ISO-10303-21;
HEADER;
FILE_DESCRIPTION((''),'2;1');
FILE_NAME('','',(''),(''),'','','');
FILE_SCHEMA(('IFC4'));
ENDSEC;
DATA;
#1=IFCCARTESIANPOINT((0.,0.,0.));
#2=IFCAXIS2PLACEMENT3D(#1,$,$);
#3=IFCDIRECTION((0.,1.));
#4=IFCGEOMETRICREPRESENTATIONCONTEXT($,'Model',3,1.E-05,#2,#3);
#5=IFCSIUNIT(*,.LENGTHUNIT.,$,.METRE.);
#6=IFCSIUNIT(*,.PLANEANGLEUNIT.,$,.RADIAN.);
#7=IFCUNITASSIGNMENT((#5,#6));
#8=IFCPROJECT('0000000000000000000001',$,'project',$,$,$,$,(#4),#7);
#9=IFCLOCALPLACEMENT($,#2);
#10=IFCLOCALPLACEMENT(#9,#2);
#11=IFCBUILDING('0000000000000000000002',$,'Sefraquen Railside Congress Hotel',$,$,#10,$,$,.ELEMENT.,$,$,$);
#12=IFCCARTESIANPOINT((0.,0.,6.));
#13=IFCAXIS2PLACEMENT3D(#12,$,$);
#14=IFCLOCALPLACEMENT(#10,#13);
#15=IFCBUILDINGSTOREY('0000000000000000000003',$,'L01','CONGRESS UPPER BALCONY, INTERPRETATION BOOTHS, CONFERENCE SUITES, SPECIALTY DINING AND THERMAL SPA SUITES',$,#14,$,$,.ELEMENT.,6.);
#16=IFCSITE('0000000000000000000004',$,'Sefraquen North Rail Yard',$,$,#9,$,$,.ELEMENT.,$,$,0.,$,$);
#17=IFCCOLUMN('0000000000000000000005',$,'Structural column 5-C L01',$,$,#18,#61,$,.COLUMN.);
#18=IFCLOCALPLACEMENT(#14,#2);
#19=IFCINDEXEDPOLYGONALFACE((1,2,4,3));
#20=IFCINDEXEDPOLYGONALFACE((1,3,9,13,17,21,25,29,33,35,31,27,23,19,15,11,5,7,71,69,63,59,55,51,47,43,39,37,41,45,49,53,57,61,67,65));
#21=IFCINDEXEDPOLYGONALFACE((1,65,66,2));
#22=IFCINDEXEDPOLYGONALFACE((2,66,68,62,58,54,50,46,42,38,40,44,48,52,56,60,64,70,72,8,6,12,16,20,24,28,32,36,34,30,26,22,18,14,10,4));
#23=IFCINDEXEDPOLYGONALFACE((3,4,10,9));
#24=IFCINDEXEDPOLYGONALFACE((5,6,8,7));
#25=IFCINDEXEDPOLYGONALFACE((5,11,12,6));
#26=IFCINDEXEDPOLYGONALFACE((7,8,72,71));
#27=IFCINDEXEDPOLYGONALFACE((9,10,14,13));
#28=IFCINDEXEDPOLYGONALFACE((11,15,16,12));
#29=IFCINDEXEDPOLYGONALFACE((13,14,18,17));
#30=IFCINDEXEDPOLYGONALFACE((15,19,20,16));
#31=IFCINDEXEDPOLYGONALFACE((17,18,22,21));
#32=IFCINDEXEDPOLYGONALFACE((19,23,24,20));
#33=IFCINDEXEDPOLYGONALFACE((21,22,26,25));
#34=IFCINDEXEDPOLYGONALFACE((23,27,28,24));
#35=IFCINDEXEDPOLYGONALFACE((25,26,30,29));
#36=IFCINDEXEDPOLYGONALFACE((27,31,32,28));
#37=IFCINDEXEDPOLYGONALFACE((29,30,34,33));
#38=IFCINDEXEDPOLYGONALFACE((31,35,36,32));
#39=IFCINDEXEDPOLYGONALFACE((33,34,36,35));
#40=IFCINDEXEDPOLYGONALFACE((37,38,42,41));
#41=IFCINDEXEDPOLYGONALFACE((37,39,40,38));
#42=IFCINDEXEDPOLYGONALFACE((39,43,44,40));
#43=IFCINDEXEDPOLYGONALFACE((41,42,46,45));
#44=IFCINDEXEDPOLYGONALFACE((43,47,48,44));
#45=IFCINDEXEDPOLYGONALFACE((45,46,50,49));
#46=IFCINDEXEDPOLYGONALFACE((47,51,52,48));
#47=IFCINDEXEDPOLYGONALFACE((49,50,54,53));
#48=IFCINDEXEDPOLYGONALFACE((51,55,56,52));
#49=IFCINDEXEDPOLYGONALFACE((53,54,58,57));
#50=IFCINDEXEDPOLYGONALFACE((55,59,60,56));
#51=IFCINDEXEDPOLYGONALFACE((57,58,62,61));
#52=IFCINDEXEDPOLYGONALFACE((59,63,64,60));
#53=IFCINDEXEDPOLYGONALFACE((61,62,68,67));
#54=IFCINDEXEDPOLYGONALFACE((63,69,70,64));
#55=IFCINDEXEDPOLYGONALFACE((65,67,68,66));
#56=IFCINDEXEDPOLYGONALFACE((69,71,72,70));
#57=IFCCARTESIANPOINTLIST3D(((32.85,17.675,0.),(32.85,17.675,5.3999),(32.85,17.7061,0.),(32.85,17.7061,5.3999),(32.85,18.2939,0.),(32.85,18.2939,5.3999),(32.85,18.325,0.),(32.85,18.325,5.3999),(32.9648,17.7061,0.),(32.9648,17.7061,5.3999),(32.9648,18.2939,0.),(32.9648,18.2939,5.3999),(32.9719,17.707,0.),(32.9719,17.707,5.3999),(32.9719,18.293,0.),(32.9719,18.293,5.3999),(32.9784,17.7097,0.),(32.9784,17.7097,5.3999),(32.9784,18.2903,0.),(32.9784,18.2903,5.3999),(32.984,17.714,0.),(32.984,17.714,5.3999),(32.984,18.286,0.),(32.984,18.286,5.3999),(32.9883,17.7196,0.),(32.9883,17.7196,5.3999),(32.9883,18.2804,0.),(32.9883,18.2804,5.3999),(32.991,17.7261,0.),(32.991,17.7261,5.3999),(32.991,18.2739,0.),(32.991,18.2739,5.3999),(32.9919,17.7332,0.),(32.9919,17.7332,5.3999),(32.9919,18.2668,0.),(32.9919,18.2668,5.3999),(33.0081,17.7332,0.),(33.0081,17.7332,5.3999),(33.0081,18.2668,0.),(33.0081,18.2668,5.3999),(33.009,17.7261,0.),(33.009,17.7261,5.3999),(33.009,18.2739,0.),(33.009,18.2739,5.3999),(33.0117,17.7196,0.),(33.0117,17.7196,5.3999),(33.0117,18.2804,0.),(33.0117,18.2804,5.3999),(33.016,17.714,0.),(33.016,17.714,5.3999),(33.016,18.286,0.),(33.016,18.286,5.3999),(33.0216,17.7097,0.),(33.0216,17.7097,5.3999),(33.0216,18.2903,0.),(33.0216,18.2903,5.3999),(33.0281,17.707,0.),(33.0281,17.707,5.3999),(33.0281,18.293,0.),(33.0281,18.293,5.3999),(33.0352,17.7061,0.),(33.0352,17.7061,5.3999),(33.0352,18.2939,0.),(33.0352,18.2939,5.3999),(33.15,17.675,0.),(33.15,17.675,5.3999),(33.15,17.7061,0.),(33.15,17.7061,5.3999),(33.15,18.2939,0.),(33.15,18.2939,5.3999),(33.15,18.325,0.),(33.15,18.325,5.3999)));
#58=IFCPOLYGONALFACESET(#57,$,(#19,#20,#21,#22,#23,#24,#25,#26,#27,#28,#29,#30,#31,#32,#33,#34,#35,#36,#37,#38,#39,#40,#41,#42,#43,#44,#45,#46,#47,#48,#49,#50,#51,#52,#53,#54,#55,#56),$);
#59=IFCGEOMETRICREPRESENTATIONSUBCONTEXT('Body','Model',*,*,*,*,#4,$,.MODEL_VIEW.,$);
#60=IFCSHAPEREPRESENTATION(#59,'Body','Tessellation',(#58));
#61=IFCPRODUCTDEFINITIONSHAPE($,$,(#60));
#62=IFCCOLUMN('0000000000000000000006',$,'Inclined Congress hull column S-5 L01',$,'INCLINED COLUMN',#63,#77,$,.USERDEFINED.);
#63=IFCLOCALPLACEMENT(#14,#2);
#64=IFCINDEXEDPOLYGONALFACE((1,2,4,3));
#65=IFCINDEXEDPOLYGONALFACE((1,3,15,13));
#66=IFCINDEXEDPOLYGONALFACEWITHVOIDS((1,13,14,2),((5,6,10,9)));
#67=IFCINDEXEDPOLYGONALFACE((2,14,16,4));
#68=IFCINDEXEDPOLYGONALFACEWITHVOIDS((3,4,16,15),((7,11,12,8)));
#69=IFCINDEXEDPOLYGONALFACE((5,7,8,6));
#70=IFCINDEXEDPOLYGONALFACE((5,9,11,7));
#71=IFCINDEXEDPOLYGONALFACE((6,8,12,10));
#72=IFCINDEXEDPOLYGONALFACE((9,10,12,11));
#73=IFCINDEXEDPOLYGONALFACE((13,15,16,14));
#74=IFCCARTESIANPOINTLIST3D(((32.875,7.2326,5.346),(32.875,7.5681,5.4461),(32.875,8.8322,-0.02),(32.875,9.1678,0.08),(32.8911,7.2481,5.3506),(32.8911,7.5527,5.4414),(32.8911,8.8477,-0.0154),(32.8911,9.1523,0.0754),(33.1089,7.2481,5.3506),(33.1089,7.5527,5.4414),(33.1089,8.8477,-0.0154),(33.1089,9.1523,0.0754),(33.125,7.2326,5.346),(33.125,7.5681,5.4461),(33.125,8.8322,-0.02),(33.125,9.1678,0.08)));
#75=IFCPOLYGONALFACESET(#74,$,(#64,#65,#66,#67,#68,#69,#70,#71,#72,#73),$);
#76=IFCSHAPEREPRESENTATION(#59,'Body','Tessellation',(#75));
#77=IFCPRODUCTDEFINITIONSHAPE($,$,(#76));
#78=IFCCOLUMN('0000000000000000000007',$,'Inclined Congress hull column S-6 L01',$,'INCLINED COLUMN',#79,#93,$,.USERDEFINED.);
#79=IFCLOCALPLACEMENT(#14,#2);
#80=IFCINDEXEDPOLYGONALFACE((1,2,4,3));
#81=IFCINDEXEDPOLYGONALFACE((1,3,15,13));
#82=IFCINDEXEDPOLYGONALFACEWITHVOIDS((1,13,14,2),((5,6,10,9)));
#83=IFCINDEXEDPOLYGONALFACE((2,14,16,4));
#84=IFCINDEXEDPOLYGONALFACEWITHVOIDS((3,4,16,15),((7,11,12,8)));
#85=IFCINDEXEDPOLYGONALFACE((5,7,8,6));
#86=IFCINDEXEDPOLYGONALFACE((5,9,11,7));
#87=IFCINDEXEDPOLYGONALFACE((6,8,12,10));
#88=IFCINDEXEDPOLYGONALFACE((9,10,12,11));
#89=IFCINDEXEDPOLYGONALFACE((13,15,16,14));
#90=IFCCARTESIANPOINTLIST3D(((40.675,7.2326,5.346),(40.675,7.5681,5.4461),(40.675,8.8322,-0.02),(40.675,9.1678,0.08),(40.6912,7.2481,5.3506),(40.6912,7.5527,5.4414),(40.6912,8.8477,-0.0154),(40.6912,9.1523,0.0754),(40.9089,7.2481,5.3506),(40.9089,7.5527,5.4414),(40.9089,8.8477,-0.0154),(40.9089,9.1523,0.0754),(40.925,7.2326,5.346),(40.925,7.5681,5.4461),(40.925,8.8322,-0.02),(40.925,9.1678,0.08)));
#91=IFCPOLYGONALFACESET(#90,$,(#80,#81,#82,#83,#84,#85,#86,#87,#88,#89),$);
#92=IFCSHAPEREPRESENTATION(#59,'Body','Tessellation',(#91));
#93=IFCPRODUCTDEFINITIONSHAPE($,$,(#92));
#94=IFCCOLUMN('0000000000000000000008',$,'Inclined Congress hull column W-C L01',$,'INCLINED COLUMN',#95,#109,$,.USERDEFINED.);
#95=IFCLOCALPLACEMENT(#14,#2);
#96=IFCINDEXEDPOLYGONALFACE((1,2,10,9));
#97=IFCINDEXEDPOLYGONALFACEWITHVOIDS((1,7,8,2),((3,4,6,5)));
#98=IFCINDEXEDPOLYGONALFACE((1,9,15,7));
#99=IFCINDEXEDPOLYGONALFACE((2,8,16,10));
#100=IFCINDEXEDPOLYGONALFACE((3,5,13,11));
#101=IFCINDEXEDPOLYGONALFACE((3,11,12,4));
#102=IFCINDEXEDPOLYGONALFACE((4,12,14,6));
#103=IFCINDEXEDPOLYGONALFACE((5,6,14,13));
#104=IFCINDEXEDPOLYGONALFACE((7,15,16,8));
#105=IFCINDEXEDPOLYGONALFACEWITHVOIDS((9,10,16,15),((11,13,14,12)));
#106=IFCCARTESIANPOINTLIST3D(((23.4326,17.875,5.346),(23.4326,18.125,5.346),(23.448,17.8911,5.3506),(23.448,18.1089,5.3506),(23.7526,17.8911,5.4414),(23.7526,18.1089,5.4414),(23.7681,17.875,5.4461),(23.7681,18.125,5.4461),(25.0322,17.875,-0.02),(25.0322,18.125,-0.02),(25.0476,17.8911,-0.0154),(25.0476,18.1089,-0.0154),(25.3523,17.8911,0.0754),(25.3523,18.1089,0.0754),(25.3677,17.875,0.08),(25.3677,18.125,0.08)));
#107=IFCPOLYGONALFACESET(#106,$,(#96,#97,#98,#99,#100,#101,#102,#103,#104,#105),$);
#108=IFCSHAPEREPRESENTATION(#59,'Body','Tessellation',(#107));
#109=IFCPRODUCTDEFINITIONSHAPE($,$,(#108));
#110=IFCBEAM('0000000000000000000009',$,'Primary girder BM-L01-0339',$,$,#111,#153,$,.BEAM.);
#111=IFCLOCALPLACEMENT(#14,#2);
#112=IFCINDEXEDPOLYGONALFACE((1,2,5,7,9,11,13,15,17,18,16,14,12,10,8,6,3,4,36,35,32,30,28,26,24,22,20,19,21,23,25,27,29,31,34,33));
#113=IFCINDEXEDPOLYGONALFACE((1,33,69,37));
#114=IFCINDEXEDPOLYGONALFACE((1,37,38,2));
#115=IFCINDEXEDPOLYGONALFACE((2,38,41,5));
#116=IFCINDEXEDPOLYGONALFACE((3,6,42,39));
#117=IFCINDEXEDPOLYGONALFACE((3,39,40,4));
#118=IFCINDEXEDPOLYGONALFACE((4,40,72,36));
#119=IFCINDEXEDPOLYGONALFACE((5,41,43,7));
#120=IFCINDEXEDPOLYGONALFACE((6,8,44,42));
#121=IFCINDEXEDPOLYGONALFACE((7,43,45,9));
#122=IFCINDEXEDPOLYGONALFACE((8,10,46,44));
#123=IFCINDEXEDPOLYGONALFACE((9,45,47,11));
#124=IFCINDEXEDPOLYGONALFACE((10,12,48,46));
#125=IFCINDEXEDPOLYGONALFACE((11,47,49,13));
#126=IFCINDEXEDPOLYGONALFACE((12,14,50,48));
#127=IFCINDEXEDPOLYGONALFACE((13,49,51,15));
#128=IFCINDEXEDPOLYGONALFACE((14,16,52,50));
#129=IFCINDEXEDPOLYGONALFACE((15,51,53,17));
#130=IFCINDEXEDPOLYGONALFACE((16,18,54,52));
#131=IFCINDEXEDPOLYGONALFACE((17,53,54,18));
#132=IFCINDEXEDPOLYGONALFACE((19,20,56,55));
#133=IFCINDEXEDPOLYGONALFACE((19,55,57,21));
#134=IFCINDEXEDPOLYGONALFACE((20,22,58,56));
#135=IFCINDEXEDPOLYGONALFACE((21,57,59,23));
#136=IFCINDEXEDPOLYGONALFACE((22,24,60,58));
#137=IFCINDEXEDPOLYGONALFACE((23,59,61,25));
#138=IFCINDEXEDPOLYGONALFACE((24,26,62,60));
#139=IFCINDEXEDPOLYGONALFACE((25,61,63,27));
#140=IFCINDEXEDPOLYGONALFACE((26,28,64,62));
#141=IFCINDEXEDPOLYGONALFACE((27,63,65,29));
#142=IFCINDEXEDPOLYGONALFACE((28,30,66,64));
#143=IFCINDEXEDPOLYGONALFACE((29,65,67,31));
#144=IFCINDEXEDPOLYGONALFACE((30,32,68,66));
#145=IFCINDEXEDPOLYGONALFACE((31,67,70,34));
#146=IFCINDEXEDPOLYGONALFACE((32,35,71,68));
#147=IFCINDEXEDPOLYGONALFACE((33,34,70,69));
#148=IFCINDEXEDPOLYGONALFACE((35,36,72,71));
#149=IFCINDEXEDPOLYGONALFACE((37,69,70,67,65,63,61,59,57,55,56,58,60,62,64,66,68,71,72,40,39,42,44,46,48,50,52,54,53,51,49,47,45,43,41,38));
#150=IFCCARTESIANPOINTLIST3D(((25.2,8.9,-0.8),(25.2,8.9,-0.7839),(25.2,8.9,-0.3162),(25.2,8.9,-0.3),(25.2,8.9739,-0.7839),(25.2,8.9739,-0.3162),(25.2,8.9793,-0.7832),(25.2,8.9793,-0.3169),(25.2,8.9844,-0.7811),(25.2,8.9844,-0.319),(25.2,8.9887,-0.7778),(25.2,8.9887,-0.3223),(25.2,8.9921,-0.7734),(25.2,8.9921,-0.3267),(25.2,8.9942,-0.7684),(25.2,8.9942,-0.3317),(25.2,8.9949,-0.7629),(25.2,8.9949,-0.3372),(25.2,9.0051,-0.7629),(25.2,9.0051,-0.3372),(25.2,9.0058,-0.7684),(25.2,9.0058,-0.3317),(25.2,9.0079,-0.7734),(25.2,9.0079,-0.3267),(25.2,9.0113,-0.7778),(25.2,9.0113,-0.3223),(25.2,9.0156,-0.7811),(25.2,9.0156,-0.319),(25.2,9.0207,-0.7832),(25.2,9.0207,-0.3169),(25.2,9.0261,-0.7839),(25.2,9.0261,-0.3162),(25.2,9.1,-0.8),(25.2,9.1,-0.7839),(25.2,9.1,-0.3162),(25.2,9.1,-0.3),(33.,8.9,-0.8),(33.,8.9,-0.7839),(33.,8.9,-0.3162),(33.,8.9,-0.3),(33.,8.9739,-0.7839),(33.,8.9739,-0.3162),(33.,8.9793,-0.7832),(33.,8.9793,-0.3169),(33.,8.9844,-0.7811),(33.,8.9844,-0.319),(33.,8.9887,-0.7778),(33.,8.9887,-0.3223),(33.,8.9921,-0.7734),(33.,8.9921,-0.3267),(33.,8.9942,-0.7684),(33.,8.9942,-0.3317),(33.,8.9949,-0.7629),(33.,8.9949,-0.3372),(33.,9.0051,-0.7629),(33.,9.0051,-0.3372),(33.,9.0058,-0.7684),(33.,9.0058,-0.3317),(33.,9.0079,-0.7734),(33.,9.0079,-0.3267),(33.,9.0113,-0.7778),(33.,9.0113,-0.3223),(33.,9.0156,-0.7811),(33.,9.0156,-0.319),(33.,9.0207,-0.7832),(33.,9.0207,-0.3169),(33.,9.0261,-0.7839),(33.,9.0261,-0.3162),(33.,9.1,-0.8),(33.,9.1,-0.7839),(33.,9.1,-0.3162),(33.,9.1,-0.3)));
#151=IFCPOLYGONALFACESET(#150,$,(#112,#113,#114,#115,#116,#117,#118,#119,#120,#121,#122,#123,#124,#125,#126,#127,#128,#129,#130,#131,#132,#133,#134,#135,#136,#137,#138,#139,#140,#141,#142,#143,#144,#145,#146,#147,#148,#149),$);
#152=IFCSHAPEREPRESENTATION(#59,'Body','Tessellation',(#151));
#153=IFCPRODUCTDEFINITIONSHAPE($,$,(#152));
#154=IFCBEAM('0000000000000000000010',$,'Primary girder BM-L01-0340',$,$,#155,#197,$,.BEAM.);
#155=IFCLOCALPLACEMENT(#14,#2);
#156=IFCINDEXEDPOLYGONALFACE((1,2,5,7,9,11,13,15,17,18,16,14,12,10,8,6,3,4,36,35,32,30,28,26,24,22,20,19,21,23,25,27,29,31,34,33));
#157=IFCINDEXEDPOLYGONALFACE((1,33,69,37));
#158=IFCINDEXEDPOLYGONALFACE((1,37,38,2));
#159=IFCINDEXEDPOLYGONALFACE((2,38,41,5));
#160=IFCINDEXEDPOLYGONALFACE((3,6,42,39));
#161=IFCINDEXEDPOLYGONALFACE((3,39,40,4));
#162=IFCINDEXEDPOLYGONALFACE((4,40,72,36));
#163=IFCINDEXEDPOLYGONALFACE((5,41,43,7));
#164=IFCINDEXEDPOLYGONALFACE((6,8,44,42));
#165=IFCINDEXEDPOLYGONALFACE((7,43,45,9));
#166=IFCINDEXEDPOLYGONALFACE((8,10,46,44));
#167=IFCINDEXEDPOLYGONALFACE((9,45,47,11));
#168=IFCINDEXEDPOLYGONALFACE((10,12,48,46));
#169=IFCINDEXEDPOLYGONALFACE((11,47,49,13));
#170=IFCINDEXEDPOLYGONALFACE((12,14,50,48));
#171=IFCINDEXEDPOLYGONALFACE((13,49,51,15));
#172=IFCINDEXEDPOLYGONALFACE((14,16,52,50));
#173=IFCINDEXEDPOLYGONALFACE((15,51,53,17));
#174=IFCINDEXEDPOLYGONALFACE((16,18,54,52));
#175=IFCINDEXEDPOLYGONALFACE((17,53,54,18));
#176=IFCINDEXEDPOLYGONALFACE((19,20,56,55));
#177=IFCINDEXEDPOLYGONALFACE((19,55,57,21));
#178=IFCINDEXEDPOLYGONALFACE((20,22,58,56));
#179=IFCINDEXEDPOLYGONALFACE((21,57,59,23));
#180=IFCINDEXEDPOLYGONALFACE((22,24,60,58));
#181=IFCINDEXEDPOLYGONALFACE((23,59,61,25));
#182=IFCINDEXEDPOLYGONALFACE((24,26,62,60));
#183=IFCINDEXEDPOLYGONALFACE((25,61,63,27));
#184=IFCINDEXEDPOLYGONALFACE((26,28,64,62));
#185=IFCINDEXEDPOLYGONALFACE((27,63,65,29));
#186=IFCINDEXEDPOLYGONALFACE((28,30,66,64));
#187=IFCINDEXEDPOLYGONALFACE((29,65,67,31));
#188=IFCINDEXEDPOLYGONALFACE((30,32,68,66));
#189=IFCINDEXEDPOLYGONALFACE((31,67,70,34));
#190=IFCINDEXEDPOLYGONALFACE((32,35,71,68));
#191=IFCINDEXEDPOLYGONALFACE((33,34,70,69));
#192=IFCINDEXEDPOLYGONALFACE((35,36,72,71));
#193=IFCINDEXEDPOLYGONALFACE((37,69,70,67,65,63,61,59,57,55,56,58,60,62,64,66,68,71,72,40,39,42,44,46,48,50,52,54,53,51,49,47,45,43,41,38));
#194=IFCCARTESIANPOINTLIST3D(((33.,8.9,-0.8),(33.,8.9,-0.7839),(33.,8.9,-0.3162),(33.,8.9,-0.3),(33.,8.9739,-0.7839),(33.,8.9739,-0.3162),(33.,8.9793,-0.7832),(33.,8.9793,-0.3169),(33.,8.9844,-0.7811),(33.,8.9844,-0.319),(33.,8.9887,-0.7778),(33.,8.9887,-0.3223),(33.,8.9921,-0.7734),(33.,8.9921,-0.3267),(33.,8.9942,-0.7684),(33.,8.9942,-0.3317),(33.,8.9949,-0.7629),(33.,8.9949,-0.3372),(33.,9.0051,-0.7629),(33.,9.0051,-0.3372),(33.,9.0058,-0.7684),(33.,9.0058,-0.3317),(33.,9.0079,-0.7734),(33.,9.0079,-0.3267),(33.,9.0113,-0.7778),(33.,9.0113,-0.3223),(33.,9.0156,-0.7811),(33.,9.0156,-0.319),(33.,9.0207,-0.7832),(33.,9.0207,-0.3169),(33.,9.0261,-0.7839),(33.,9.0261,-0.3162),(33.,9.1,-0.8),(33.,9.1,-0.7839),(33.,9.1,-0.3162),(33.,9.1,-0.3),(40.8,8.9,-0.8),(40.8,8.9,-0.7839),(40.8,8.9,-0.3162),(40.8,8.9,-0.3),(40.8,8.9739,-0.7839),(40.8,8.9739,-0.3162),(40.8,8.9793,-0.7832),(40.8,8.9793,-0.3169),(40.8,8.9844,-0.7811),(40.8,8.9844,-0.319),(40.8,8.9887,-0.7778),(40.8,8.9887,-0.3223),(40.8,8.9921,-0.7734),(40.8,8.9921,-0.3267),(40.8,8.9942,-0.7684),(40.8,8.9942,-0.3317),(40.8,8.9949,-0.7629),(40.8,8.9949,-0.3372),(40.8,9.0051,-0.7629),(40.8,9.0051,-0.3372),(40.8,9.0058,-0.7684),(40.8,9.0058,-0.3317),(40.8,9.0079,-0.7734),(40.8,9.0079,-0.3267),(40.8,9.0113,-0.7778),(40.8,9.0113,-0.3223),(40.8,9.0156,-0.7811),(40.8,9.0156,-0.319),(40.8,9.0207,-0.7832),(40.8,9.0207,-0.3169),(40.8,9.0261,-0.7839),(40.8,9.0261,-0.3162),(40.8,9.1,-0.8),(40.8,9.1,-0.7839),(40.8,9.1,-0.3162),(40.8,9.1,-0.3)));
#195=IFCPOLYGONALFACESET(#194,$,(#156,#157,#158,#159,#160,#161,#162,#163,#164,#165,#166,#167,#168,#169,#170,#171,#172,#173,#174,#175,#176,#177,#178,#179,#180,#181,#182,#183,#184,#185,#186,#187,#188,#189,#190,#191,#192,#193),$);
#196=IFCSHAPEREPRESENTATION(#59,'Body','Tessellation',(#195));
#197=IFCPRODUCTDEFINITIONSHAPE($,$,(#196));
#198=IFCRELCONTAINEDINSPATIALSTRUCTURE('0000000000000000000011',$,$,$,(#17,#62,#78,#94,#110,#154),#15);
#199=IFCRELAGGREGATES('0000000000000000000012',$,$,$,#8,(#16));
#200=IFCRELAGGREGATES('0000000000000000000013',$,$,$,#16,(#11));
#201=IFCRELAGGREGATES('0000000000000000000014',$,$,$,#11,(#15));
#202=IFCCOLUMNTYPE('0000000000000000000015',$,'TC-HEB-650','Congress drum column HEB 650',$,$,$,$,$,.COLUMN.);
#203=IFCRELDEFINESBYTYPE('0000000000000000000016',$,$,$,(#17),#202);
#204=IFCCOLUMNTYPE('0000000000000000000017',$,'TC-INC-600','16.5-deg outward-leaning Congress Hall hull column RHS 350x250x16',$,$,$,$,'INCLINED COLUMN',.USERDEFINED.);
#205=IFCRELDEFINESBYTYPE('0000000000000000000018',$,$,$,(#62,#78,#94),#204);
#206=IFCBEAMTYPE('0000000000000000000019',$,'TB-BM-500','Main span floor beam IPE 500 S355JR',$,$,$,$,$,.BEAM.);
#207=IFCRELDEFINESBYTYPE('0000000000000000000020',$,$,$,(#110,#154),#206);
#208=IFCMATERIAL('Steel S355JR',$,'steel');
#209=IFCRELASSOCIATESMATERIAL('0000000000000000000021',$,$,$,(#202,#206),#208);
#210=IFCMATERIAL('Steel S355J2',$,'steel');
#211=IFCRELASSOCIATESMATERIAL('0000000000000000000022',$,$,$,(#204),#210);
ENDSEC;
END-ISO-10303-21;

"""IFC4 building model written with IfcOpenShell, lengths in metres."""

from ifc_helpers import new_model, si_unit, direction, frame, origin, origin_2d, place, context, subcontext, project, spatial, hollow_rectangle, i_section, extrude, material, material_profile, profile_set, type_object, element, save


model = new_model("IFC4")

# Units and contexts
model_context = context("Model", 3, precision=1e-05, world=origin(), true_north=direction((0.0, 1.0)))
body_context = subcontext(model_context, "Body", "Model", "MODEL_VIEW")
ifc_project = project(units=[si_unit("LENGTHUNIT", "METRE"), si_unit("PLANEANGLEUNIT", "RADIAN")], contexts=[model_context])

# Site, building, storey
site_placement = place(None, origin())
site = spatial("IfcSite", under=ifc_project, at=site_placement, Name="Sefraquen North Rail Yard", CompositionType="ELEMENT", RefElevation=0.0)
building_placement = place(site_placement, origin())
building = spatial("IfcBuilding", under=site, at=building_placement, Name="Sefraquen Railside Congress Hotel", CompositionType="ELEMENT")
storey_placement = place(building_placement, frame((0.0, 0.0, 6.0)))
storey = spatial("IfcBuildingStorey", under=building, at=storey_placement, Name="L01", Description="CONGRESS UPPER BALCONY, INTERPRETATION BOOTHS, CONFERENCE SUITES, SPECIALTY DINING AND THERMAL SPA SUITES", CompositionType="ELEMENT", Elevation=6.0)

# Columns
ifc_material_1 = material(Name="Steel S355JR", Category="steel")
ifc_material_profile_1 = material_profile(ifc_material_1, i_section(OverallWidth=0.3, OverallDepth=0.6499, WebThickness=0.0161, FlangeThickness=0.031, FilletRadius=0.0271, at=origin_2d()), Name="HEB 650")
ifc_profile_set_1 = profile_set([ifc_material_profile_1], Name="Steel S355JR")
column_type_1 = type_object("IfcColumnType", Name="TC-HEB-650", Description="Congress drum column HEB 650", PredefinedType="COLUMN", material=ifc_profile_set_1)
column_placement = place(storey_placement, frame((33.0, 18.0, 0.0), z_axis=(0.0, 0.0, 1.0), x_axis=(1.0, 0.0, 0.0)))
element("IfcColumn", 1, at=column_placement, inside=storey, type_object=column_type_1, Name="Structural column 5-C L01", PredefinedType="COLUMN", context=body_context, shape_type="SweptSolid", body=[
    extrude(i_section(OverallWidth=0.3, OverallDepth=0.6499, WebThickness=0.0161, FlangeThickness=0.031, FilletRadius=0.0271, at=origin_2d()), origin(), (0.0, 0.0, 1.0), 5.3999),
])
ifc_material_2 = material(Name="Steel S355J2", Category="steel")
ifc_material_profile_2 = material_profile(ifc_material_2, hollow_rectangle(XDim=0.25, YDim=0.3501, WallThickness=0.0161, at=origin_2d()), Name="RHS 350x250x16")
ifc_profile_set_2 = profile_set([ifc_material_profile_2], Name="Steel S355J2")
column_type_2 = type_object("IfcColumnType", Name="TC-INC-600", Description="16.5-deg outward-leaning Congress Hall hull column RHS 350x250x16", ElementType="INCLINED COLUMN", PredefinedType="USERDEFINED", material=ifc_profile_set_2)
for number, where, z_axis, x_axis, name in (
    (2, (33.0, 9.0, 0.03), (0.0, -0.285679, 0.958325), (1.0, 0.0, 0.0), "Inclined Congress hull column S-5 L01"),
    (3, (40.8, 9.0, 0.03), (0.0, -0.285679, 0.958325), (1.0, 0.0, 0.0), "Inclined Congress hull column S-6 L01"),
    (4, (25.2, 18.0, 0.03), (-0.285679, 0.0, 0.958325), (0.0, -1.0, 0.0), "Inclined Congress hull column W-C L01"),
):
    element("IfcColumn", number, at=place(storey_placement, frame(where, z_axis=z_axis, x_axis=x_axis)), inside=storey, type_object=column_type_2, Name=name, ObjectType="INCLINED COLUMN", PredefinedType="USERDEFINED", context=body_context, shape_type="SweptSolid", body=[
        extrude(hollow_rectangle(XDim=0.25, YDim=0.3501, WallThickness=0.0161, at=origin_2d()), origin(), (0.0, 0.0, 1.0), 5.5994),
    ])

# Beams
ifc_material_profile_3 = material_profile(ifc_material_1, i_section(OverallWidth=0.2, OverallDepth=0.5, WebThickness=0.0103, FlangeThickness=0.0161, FilletRadius=0.021, at=origin_2d()), Name="IPE 500")
ifc_profile_set_3 = profile_set([ifc_material_profile_3], Name="Steel S355JR")
beam_type_1 = type_object("IfcBeamType", Name="TB-BM-500", Description="Main span floor beam IPE 500 S355JR", PredefinedType="BEAM", material=ifc_profile_set_3)
for number, where, z_axis, x_axis, name in (
    (5, (25.2, 9.0, -0.55), (1.0, 0.0, 0.0), (0.0, 1.0, 0.0), "Primary girder BM-L01-0339"),
    (6, (33.0, 9.0, -0.55), (1.0, 0.0, 0.0), (0.0, 1.0, 0.0), "Primary girder BM-L01-0340"),
):
    element("IfcBeam", number, at=place(storey_placement, frame(where, z_axis=z_axis, x_axis=x_axis)), inside=storey, type_object=beam_type_1, Name=name, PredefinedType="BEAM", context=body_context, shape_type="SweptSolid", body=[
        extrude(i_section(OverallWidth=0.2, OverallDepth=0.5, WebThickness=0.0103, FlangeThickness=0.0161, FilletRadius=0.021, at=origin_2d()), origin(), (0.0, 0.0, 1.0), 7.8),
    ])

save(model, "model.ifc")
